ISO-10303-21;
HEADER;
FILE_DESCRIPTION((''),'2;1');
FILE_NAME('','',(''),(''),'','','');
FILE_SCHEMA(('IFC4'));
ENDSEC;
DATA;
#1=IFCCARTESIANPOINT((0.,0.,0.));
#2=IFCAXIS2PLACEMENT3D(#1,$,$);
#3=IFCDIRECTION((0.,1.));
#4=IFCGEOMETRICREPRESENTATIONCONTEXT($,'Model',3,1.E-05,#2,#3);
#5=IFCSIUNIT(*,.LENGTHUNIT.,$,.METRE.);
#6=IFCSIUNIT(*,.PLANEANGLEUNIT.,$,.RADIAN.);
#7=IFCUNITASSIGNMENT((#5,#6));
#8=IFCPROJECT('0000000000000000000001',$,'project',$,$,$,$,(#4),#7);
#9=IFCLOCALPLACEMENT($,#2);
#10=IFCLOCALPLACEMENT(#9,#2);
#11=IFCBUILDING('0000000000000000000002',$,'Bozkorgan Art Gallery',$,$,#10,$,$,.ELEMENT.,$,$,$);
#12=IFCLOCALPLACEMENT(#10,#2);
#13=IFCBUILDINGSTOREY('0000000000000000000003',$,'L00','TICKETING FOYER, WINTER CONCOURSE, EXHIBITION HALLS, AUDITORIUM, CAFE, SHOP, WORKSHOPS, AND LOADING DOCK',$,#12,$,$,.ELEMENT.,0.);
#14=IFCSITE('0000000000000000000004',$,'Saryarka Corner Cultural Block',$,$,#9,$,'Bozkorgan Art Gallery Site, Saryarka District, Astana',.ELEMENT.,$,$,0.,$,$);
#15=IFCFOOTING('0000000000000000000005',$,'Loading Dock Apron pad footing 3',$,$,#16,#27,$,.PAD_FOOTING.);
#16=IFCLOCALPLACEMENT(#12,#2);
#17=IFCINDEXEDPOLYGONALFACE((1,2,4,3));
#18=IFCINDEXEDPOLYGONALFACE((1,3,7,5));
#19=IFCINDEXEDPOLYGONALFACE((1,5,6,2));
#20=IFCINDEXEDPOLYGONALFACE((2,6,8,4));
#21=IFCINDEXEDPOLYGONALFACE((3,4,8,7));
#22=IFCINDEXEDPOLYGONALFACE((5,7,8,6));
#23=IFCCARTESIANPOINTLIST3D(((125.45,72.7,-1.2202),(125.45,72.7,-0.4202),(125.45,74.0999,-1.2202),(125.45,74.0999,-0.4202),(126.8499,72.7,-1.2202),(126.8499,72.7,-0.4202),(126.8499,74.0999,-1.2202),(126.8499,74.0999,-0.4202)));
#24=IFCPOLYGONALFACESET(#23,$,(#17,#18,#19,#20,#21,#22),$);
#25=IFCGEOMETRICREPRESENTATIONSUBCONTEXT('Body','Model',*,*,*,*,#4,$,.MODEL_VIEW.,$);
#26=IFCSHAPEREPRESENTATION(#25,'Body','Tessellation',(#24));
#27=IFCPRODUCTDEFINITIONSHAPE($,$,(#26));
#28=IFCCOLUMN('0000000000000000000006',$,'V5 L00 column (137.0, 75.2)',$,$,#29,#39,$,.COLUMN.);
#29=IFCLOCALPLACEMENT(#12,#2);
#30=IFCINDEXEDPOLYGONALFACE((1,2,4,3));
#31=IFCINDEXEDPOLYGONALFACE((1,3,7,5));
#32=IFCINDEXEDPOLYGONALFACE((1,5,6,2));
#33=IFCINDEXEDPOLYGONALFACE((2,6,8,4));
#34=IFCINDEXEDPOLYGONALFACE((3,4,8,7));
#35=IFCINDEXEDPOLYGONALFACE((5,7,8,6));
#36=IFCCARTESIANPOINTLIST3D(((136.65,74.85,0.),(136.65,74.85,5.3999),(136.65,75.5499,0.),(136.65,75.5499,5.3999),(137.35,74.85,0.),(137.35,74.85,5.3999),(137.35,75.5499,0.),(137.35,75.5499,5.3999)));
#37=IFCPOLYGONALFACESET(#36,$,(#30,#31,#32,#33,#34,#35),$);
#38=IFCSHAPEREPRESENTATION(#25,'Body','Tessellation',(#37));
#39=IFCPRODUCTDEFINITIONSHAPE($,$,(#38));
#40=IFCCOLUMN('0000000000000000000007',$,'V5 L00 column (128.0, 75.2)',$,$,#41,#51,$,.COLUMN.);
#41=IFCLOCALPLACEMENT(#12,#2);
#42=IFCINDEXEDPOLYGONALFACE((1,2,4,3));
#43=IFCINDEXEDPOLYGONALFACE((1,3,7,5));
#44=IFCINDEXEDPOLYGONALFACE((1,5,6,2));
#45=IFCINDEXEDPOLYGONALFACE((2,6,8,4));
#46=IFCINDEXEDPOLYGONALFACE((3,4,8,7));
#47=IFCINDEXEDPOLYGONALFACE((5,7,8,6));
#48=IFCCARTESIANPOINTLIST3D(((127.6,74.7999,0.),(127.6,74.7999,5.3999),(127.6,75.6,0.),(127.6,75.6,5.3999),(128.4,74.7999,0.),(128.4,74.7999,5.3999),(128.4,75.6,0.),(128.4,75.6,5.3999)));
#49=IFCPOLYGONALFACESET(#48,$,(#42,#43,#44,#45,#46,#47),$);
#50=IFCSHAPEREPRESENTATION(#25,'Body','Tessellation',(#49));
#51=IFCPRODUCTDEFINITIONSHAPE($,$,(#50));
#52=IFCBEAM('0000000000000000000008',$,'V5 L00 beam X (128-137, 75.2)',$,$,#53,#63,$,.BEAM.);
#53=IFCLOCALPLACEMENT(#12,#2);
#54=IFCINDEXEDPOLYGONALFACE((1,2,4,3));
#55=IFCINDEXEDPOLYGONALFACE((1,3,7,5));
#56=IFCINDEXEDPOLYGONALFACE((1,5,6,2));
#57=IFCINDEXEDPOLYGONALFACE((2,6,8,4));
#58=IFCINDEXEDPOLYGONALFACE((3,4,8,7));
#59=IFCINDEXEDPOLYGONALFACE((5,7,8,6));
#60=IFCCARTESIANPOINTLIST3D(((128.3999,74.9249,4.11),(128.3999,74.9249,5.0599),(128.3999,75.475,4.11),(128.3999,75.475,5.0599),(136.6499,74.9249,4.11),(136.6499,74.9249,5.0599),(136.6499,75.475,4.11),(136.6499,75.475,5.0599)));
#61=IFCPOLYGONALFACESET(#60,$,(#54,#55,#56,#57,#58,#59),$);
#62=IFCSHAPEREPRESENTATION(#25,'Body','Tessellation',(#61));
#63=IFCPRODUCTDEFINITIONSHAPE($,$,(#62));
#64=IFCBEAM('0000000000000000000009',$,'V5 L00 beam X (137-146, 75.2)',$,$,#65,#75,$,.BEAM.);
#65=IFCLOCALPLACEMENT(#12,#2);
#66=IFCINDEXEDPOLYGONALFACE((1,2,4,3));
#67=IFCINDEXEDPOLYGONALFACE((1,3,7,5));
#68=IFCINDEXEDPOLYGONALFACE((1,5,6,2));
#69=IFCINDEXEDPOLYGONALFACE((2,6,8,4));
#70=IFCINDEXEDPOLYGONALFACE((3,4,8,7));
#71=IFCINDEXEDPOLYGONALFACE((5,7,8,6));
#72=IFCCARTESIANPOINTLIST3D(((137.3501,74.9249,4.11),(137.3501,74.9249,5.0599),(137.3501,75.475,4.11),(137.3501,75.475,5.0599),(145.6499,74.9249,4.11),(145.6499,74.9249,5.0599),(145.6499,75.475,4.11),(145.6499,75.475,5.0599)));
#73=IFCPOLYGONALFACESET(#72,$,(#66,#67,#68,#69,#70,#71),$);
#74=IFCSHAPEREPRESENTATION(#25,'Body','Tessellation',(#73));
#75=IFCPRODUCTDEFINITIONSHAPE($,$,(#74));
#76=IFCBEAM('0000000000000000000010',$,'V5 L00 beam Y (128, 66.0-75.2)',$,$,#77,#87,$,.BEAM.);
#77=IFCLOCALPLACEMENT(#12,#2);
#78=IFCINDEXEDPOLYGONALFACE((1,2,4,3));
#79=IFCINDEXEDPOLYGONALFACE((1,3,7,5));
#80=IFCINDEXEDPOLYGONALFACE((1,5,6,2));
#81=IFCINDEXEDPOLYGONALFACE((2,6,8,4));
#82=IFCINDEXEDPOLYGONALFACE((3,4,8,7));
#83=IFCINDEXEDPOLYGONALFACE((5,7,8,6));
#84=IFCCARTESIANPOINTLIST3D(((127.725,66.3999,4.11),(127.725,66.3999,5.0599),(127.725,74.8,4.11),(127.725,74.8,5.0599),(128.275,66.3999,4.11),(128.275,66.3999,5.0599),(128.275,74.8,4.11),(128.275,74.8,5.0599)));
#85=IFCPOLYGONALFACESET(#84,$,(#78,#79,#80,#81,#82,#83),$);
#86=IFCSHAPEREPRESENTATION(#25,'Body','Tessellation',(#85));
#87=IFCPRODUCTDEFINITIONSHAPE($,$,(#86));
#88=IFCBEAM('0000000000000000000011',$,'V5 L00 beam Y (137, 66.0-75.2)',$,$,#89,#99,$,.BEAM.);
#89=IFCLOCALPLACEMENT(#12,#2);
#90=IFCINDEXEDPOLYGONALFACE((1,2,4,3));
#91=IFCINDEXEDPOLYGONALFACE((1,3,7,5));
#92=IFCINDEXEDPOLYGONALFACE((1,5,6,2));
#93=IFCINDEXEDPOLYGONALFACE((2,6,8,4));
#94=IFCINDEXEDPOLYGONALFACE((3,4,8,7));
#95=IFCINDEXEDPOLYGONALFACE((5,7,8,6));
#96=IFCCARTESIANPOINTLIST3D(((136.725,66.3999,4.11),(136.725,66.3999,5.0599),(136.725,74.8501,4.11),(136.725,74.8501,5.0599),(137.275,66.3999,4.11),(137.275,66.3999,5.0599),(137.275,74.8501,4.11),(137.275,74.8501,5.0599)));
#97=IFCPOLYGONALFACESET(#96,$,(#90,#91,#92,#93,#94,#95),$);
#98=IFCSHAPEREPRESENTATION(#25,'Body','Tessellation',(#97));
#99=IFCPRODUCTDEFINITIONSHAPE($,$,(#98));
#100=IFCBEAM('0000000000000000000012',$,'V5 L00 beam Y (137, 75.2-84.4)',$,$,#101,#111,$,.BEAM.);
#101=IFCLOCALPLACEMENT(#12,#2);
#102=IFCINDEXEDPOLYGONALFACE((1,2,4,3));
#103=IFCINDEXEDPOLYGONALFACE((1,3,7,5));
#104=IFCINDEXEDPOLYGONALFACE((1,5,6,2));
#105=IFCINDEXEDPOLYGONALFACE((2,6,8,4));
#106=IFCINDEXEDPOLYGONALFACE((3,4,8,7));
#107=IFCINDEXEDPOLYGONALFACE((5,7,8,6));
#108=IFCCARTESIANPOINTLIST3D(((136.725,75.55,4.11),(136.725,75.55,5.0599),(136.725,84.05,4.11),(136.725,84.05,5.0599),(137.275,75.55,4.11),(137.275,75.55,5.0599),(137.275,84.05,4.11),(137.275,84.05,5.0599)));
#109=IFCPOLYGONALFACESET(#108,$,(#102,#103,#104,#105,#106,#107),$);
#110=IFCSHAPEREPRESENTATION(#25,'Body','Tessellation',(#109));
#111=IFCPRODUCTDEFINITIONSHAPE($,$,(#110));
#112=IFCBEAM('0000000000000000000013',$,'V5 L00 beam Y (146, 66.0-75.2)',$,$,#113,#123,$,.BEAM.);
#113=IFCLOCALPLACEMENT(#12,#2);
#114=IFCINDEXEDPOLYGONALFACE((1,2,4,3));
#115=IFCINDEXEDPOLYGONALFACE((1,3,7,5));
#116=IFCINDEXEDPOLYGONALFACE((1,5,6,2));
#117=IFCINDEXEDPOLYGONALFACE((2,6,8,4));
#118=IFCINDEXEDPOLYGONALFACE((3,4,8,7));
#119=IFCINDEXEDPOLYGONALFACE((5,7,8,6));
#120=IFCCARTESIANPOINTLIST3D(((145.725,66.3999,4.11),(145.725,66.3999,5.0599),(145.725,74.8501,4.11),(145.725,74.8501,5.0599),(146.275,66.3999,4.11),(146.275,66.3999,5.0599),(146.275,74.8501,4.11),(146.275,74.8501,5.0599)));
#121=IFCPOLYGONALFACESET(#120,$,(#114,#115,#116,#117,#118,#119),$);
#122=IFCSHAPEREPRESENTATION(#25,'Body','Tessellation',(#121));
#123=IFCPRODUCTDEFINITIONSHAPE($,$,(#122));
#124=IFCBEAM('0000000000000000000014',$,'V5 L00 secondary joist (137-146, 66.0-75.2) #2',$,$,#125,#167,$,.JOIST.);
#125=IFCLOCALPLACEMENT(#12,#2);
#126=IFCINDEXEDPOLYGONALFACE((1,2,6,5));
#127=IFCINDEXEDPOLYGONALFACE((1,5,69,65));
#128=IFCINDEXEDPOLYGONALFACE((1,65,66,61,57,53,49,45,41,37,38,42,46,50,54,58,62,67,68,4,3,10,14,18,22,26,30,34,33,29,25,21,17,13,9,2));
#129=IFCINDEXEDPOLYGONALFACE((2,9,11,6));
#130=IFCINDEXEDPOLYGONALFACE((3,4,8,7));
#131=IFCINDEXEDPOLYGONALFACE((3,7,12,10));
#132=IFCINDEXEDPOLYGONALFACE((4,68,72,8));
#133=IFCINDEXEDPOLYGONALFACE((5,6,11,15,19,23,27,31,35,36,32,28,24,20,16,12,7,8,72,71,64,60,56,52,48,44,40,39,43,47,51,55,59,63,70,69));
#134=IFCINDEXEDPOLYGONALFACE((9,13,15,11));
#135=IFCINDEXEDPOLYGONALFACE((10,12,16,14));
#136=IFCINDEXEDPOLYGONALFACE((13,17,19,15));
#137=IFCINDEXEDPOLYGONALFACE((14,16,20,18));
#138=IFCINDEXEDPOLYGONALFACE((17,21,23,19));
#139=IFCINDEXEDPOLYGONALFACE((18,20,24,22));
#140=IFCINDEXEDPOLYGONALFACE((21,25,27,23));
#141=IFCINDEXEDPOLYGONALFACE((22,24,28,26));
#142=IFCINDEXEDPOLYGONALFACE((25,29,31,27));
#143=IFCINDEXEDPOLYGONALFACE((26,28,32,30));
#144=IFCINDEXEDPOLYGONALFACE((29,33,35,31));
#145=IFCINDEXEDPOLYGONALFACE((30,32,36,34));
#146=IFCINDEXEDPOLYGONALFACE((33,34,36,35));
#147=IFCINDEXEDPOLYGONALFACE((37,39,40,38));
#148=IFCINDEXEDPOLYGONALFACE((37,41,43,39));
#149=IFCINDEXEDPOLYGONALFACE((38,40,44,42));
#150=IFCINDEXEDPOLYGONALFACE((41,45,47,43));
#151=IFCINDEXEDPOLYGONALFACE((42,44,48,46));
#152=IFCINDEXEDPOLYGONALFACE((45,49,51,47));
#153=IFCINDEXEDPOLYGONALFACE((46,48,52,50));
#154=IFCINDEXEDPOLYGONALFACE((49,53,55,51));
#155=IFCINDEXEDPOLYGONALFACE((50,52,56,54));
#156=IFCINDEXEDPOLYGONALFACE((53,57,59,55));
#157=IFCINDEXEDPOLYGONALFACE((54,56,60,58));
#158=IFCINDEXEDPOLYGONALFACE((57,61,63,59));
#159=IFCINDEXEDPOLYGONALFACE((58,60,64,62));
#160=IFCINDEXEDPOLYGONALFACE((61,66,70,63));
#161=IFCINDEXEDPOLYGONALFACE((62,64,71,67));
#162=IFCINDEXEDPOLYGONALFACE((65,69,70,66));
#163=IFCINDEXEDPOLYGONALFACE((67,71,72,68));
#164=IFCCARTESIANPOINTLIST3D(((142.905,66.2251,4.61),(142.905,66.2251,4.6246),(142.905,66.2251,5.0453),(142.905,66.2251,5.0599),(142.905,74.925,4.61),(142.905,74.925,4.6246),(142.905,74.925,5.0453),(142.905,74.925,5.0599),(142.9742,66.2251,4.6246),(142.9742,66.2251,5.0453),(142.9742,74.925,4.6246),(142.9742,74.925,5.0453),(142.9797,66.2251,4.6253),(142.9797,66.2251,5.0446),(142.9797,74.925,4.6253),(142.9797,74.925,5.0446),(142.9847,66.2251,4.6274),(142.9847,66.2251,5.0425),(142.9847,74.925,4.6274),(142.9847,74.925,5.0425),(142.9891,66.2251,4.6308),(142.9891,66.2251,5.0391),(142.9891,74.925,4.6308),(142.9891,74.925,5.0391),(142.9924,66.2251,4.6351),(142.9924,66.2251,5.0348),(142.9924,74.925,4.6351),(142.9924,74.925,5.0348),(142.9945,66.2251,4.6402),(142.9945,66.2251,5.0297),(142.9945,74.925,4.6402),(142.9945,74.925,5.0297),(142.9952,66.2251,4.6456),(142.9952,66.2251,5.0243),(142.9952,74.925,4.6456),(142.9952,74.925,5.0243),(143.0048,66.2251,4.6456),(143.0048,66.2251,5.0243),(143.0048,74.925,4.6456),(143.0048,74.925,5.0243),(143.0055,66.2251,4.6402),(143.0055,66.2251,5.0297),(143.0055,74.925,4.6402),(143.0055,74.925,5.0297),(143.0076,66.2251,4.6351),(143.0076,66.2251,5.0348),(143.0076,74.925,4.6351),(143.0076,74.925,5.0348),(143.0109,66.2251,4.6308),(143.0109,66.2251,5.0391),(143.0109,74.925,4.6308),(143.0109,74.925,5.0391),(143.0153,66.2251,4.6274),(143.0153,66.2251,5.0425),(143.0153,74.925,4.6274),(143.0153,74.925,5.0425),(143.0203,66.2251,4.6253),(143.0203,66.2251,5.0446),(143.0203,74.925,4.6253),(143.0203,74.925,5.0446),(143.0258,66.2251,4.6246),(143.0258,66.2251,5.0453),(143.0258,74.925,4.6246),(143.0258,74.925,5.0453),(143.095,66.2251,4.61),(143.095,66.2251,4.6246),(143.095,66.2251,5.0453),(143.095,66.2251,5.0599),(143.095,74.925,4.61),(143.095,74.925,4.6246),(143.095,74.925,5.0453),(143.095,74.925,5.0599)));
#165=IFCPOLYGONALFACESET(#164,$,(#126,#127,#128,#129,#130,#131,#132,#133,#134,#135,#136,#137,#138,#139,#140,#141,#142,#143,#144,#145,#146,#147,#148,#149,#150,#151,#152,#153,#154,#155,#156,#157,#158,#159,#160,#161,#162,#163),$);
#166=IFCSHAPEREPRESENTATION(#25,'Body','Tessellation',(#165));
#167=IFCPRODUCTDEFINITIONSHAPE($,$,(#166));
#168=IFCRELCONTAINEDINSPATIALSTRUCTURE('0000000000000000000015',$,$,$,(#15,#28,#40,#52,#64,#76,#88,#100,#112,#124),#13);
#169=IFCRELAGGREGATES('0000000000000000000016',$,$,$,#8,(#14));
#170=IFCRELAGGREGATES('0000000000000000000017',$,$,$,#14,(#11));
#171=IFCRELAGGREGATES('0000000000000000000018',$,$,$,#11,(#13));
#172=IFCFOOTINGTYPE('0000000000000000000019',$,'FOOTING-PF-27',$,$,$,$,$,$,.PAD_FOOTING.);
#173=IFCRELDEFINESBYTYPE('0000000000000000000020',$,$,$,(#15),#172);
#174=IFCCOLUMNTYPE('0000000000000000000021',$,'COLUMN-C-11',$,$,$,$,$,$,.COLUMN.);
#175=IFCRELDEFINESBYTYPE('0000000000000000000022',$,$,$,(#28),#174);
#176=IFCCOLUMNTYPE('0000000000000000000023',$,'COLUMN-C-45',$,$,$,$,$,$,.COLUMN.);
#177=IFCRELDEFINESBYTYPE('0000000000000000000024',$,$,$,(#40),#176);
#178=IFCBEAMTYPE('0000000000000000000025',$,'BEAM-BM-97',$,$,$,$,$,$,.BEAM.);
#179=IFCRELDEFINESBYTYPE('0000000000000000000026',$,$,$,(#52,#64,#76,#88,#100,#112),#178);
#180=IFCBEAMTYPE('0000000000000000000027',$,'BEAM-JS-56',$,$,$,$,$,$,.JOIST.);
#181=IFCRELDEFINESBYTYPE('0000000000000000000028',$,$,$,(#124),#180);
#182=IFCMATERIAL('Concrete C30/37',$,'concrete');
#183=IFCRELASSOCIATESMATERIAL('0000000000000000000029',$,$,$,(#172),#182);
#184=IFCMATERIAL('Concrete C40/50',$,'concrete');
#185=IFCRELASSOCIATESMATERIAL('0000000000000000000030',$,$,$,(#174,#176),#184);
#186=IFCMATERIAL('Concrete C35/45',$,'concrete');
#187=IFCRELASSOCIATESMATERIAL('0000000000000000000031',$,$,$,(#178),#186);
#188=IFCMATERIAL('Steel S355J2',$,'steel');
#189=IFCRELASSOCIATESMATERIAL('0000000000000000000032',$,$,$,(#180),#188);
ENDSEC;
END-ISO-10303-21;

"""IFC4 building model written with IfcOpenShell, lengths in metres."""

from ifc_helpers import new_model, si_unit, direction, frame, origin, origin_2d, place, context, subcontext, project, spatial, rectangle, i_section, extrude, material, material_profile, profile_set, type_object, element, save


model = new_model("IFC4")

# Units and contexts
model_context = context("Model", 3, precision=1e-05, world=origin(), true_north=direction((0.0, 1.0)))
body_context = subcontext(model_context, "Body", "Model", "MODEL_VIEW")
ifc_project = project(units=[si_unit("LENGTHUNIT", "METRE"), si_unit("PLANEANGLEUNIT", "RADIAN")], contexts=[model_context])

# Site, building, storey
site_placement = place(None, origin())
site = spatial("IfcSite", under=ifc_project, at=site_placement, Name="Saryarka Corner Cultural Block", LongName="Bozkorgan Art Gallery Site, Saryarka District, Astana", CompositionType="ELEMENT", RefElevation=0.0)
building_placement = place(site_placement, origin())
building = spatial("IfcBuilding", under=site, at=building_placement, Name="Bozkorgan Art Gallery", CompositionType="ELEMENT")
storey_placement = place(building_placement, origin())
storey = spatial("IfcBuildingStorey", under=building, at=storey_placement, Name="L00", Description="TICKETING FOYER, WINTER CONCOURSE, EXHIBITION HALLS, AUDITORIUM, CAFE, SHOP, WORKSHOPS, AND LOADING DOCK", CompositionType="ELEMENT", Elevation=0.0)

# Footing
ifc_material_1 = material(Name="Concrete C30/37", Category="concrete")
footing_type = type_object("IfcFootingType", Name="FOOTING-PF-27", PredefinedType="PAD_FOOTING", material=ifc_material_1)
footing_placement = place(storey_placement, frame((126.1499, 73.3999, -1.2202), z_axis=(0.0, 0.0, 1.0), x_axis=(1.0, 0.0, 0.0)))
element("IfcFooting", 1, at=footing_placement, inside=storey, type_object=footing_type, Name="Loading Dock Apron pad footing 3", PredefinedType="PAD_FOOTING", context=body_context, shape_type="SweptSolid", body=[
    extrude(rectangle(XDim=1.3999, YDim=1.3999, at=origin_2d()), origin(), (0.0, 0.0, 1.0), 0.8),
])

# Columns
ifc_material_2 = material(Name="Concrete C40/50", Category="concrete")
ifc_material_profile_1 = material_profile(ifc_material_2, rectangle(XDim=0.7, YDim=0.7, at=origin_2d()), Name="RC 700x700")
ifc_profile_set_1 = profile_set([ifc_material_profile_1], Name="Concrete C40/50")
column_type_1 = type_object("IfcColumnType", Name="COLUMN-C-11", PredefinedType="COLUMN", material=ifc_profile_set_1)
column_1_placement = place(storey_placement, frame((137.0, 75.2, 0.0), z_axis=(0.0, 0.0, 1.0), x_axis=(1.0, 0.0, 0.0)))
element("IfcColumn", 2, at=column_1_placement, inside=storey, type_object=column_type_1, Name="V5 L00 column (137.0, 75.2)", PredefinedType="COLUMN", context=body_context, shape_type="SweptSolid", body=[
    extrude(rectangle(XDim=0.7, YDim=0.7, at=origin_2d()), origin(), (0.0, 0.0, 1.0), 5.3999),
])
ifc_material_profile_2 = material_profile(ifc_material_2, rectangle(XDim=0.8, YDim=0.8, at=origin_2d()), Name="RC 800x800")
ifc_profile_set_2 = profile_set([ifc_material_profile_2], Name="Concrete C40/50")
column_type_2 = type_object("IfcColumnType", Name="COLUMN-C-45", PredefinedType="COLUMN", material=ifc_profile_set_2)
column_2_placement = place(storey_placement, frame((128.0, 75.2, 0.0), z_axis=(0.0, 0.0, 1.0), x_axis=(1.0, 0.0, 0.0)))
element("IfcColumn", 3, at=column_2_placement, inside=storey, type_object=column_type_2, Name="V5 L00 column (128.0, 75.2)", PredefinedType="COLUMN", context=body_context, shape_type="SweptSolid", body=[
    extrude(rectangle(XDim=0.8, YDim=0.8, at=origin_2d()), origin(), (0.0, 0.0, 1.0), 5.3999),
])

# Beams
ifc_material_3 = material(Name="Concrete C35/45", Category="concrete")
ifc_material_profile_3 = material_profile(ifc_material_3, rectangle(XDim=0.55, YDim=0.95, at=origin_2d()), Name="RC 550x950")
ifc_profile_set_3 = profile_set([ifc_material_profile_3], Name="Concrete C35/45")
beam_type_1 = type_object("IfcBeamType", Name="BEAM-BM-97", PredefinedType="BEAM", material=ifc_profile_set_3)
beam_1_placement = place(storey_placement, frame((128.3999, 75.2, 4.585), z_axis=(1.0, 0.0, 0.0), x_axis=(0.0, 1.0, 0.0)))
element("IfcBeam", 4, at=beam_1_placement, inside=storey, type_object=beam_type_1, Name="V5 L00 beam X (128-137, 75.2)", PredefinedType="BEAM", context=body_context, shape_type="SweptSolid", body=[
    extrude(rectangle(XDim=0.55, YDim=0.95, at=origin_2d()), origin(), (0.0, 0.0, 1.0), 8.25),
])
beam_2_placement = place(storey_placement, frame((137.3501, 75.2, 4.585), z_axis=(1.0, 0.0, 0.0), x_axis=(0.0, 1.0, 0.0)))
element("IfcBeam", 5, at=beam_2_placement, inside=storey, type_object=beam_type_1, Name="V5 L00 beam X (137-146, 75.2)", PredefinedType="BEAM", context=body_context, shape_type="SweptSolid", body=[
    extrude(rectangle(XDim=0.55, YDim=0.95, at=origin_2d()), origin(), (0.0, 0.0, 1.0), 8.2998),
])
beam_3_placement = place(storey_placement, frame((128.0, 66.3999, 4.585), z_axis=(0.0, 1.0, 0.0), x_axis=(-1.0, 0.0, 0.0)))
element("IfcBeam", 6, at=beam_3_placement, inside=storey, type_object=beam_type_1, Name="V5 L00 beam Y (128, 66.0-75.2)", PredefinedType="BEAM", context=body_context, shape_type="SweptSolid", body=[
    extrude(rectangle(XDim=0.55, YDim=0.95, at=origin_2d()), origin(), (0.0, 0.0, 1.0), 8.4001),
])
beam_4_placement = place(storey_placement, frame((137.0, 66.3999, 4.585), z_axis=(0.0, 1.0, 0.0), x_axis=(-1.0, 0.0, 0.0)))
element("IfcBeam", 7, at=beam_4_placement, inside=storey, type_object=beam_type_1, Name="V5 L00 beam Y (137, 66.0-75.2)", PredefinedType="BEAM", context=body_context, shape_type="SweptSolid", body=[
    extrude(rectangle(XDim=0.55, YDim=0.95, at=origin_2d()), origin(), (0.0, 0.0, 1.0), 8.4502),
])
beam_5_placement = place(storey_placement, frame((137.0, 75.55, 4.585), z_axis=(0.0, 1.0, 0.0), x_axis=(-1.0, 0.0, 0.0)))
element("IfcBeam", 8, at=beam_5_placement, inside=storey, type_object=beam_type_1, Name="V5 L00 beam Y (137, 75.2-84.4)", PredefinedType="BEAM", context=body_context, shape_type="SweptSolid", body=[
    extrude(rectangle(XDim=0.55, YDim=0.95, at=origin_2d()), origin(), (0.0, 0.0, 1.0), 8.5),
])
beam_6_placement = place(storey_placement, frame((146.0, 66.3999, 4.585), z_axis=(0.0, 1.0, 0.0), x_axis=(-1.0, 0.0, 0.0)))
element("IfcBeam", 9, at=beam_6_placement, inside=storey, type_object=beam_type_1, Name="V5 L00 beam Y (146, 66.0-75.2)", PredefinedType="BEAM", context=body_context, shape_type="SweptSolid", body=[
    extrude(rectangle(XDim=0.55, YDim=0.95, at=origin_2d()), origin(), (0.0, 0.0, 1.0), 8.4502),
])
ifc_material_4 = material(Name="Steel S355J2", Category="steel")
ifc_material_profile_4 = material_profile(ifc_material_4, i_section(OverallWidth=0.1899, OverallDepth=0.45, WebThickness=0.0095, FlangeThickness=0.0146, FilletRadius=0.021, at=origin_2d()), Name="IPE 450")
ifc_profile_set_4 = profile_set([ifc_material_profile_4], Name="Steel S355J2")
beam_type_2 = type_object("IfcBeamType", Name="BEAM-JS-56", PredefinedType="JOIST", material=ifc_profile_set_4)
beam_7_placement = place(storey_placement, frame((143.0, 66.2251, 4.835), z_axis=(0.0, 1.0, 0.0), x_axis=(-1.0, 0.0, 0.0)))
element("IfcBeam", 10, at=beam_7_placement, inside=storey, type_object=beam_type_2, Name="V5 L00 secondary joist (137-146, 66.0-75.2) #2", PredefinedType="JOIST", context=body_context, shape_type="SweptSolid", body=[
    extrude(i_section(OverallWidth=0.1899, OverallDepth=0.45, WebThickness=0.0095, FlangeThickness=0.0146, FilletRadius=0.021, at=origin_2d()), origin(), (0.0, 0.0, 1.0), 8.7),
])

save(model, "model.ifc")
